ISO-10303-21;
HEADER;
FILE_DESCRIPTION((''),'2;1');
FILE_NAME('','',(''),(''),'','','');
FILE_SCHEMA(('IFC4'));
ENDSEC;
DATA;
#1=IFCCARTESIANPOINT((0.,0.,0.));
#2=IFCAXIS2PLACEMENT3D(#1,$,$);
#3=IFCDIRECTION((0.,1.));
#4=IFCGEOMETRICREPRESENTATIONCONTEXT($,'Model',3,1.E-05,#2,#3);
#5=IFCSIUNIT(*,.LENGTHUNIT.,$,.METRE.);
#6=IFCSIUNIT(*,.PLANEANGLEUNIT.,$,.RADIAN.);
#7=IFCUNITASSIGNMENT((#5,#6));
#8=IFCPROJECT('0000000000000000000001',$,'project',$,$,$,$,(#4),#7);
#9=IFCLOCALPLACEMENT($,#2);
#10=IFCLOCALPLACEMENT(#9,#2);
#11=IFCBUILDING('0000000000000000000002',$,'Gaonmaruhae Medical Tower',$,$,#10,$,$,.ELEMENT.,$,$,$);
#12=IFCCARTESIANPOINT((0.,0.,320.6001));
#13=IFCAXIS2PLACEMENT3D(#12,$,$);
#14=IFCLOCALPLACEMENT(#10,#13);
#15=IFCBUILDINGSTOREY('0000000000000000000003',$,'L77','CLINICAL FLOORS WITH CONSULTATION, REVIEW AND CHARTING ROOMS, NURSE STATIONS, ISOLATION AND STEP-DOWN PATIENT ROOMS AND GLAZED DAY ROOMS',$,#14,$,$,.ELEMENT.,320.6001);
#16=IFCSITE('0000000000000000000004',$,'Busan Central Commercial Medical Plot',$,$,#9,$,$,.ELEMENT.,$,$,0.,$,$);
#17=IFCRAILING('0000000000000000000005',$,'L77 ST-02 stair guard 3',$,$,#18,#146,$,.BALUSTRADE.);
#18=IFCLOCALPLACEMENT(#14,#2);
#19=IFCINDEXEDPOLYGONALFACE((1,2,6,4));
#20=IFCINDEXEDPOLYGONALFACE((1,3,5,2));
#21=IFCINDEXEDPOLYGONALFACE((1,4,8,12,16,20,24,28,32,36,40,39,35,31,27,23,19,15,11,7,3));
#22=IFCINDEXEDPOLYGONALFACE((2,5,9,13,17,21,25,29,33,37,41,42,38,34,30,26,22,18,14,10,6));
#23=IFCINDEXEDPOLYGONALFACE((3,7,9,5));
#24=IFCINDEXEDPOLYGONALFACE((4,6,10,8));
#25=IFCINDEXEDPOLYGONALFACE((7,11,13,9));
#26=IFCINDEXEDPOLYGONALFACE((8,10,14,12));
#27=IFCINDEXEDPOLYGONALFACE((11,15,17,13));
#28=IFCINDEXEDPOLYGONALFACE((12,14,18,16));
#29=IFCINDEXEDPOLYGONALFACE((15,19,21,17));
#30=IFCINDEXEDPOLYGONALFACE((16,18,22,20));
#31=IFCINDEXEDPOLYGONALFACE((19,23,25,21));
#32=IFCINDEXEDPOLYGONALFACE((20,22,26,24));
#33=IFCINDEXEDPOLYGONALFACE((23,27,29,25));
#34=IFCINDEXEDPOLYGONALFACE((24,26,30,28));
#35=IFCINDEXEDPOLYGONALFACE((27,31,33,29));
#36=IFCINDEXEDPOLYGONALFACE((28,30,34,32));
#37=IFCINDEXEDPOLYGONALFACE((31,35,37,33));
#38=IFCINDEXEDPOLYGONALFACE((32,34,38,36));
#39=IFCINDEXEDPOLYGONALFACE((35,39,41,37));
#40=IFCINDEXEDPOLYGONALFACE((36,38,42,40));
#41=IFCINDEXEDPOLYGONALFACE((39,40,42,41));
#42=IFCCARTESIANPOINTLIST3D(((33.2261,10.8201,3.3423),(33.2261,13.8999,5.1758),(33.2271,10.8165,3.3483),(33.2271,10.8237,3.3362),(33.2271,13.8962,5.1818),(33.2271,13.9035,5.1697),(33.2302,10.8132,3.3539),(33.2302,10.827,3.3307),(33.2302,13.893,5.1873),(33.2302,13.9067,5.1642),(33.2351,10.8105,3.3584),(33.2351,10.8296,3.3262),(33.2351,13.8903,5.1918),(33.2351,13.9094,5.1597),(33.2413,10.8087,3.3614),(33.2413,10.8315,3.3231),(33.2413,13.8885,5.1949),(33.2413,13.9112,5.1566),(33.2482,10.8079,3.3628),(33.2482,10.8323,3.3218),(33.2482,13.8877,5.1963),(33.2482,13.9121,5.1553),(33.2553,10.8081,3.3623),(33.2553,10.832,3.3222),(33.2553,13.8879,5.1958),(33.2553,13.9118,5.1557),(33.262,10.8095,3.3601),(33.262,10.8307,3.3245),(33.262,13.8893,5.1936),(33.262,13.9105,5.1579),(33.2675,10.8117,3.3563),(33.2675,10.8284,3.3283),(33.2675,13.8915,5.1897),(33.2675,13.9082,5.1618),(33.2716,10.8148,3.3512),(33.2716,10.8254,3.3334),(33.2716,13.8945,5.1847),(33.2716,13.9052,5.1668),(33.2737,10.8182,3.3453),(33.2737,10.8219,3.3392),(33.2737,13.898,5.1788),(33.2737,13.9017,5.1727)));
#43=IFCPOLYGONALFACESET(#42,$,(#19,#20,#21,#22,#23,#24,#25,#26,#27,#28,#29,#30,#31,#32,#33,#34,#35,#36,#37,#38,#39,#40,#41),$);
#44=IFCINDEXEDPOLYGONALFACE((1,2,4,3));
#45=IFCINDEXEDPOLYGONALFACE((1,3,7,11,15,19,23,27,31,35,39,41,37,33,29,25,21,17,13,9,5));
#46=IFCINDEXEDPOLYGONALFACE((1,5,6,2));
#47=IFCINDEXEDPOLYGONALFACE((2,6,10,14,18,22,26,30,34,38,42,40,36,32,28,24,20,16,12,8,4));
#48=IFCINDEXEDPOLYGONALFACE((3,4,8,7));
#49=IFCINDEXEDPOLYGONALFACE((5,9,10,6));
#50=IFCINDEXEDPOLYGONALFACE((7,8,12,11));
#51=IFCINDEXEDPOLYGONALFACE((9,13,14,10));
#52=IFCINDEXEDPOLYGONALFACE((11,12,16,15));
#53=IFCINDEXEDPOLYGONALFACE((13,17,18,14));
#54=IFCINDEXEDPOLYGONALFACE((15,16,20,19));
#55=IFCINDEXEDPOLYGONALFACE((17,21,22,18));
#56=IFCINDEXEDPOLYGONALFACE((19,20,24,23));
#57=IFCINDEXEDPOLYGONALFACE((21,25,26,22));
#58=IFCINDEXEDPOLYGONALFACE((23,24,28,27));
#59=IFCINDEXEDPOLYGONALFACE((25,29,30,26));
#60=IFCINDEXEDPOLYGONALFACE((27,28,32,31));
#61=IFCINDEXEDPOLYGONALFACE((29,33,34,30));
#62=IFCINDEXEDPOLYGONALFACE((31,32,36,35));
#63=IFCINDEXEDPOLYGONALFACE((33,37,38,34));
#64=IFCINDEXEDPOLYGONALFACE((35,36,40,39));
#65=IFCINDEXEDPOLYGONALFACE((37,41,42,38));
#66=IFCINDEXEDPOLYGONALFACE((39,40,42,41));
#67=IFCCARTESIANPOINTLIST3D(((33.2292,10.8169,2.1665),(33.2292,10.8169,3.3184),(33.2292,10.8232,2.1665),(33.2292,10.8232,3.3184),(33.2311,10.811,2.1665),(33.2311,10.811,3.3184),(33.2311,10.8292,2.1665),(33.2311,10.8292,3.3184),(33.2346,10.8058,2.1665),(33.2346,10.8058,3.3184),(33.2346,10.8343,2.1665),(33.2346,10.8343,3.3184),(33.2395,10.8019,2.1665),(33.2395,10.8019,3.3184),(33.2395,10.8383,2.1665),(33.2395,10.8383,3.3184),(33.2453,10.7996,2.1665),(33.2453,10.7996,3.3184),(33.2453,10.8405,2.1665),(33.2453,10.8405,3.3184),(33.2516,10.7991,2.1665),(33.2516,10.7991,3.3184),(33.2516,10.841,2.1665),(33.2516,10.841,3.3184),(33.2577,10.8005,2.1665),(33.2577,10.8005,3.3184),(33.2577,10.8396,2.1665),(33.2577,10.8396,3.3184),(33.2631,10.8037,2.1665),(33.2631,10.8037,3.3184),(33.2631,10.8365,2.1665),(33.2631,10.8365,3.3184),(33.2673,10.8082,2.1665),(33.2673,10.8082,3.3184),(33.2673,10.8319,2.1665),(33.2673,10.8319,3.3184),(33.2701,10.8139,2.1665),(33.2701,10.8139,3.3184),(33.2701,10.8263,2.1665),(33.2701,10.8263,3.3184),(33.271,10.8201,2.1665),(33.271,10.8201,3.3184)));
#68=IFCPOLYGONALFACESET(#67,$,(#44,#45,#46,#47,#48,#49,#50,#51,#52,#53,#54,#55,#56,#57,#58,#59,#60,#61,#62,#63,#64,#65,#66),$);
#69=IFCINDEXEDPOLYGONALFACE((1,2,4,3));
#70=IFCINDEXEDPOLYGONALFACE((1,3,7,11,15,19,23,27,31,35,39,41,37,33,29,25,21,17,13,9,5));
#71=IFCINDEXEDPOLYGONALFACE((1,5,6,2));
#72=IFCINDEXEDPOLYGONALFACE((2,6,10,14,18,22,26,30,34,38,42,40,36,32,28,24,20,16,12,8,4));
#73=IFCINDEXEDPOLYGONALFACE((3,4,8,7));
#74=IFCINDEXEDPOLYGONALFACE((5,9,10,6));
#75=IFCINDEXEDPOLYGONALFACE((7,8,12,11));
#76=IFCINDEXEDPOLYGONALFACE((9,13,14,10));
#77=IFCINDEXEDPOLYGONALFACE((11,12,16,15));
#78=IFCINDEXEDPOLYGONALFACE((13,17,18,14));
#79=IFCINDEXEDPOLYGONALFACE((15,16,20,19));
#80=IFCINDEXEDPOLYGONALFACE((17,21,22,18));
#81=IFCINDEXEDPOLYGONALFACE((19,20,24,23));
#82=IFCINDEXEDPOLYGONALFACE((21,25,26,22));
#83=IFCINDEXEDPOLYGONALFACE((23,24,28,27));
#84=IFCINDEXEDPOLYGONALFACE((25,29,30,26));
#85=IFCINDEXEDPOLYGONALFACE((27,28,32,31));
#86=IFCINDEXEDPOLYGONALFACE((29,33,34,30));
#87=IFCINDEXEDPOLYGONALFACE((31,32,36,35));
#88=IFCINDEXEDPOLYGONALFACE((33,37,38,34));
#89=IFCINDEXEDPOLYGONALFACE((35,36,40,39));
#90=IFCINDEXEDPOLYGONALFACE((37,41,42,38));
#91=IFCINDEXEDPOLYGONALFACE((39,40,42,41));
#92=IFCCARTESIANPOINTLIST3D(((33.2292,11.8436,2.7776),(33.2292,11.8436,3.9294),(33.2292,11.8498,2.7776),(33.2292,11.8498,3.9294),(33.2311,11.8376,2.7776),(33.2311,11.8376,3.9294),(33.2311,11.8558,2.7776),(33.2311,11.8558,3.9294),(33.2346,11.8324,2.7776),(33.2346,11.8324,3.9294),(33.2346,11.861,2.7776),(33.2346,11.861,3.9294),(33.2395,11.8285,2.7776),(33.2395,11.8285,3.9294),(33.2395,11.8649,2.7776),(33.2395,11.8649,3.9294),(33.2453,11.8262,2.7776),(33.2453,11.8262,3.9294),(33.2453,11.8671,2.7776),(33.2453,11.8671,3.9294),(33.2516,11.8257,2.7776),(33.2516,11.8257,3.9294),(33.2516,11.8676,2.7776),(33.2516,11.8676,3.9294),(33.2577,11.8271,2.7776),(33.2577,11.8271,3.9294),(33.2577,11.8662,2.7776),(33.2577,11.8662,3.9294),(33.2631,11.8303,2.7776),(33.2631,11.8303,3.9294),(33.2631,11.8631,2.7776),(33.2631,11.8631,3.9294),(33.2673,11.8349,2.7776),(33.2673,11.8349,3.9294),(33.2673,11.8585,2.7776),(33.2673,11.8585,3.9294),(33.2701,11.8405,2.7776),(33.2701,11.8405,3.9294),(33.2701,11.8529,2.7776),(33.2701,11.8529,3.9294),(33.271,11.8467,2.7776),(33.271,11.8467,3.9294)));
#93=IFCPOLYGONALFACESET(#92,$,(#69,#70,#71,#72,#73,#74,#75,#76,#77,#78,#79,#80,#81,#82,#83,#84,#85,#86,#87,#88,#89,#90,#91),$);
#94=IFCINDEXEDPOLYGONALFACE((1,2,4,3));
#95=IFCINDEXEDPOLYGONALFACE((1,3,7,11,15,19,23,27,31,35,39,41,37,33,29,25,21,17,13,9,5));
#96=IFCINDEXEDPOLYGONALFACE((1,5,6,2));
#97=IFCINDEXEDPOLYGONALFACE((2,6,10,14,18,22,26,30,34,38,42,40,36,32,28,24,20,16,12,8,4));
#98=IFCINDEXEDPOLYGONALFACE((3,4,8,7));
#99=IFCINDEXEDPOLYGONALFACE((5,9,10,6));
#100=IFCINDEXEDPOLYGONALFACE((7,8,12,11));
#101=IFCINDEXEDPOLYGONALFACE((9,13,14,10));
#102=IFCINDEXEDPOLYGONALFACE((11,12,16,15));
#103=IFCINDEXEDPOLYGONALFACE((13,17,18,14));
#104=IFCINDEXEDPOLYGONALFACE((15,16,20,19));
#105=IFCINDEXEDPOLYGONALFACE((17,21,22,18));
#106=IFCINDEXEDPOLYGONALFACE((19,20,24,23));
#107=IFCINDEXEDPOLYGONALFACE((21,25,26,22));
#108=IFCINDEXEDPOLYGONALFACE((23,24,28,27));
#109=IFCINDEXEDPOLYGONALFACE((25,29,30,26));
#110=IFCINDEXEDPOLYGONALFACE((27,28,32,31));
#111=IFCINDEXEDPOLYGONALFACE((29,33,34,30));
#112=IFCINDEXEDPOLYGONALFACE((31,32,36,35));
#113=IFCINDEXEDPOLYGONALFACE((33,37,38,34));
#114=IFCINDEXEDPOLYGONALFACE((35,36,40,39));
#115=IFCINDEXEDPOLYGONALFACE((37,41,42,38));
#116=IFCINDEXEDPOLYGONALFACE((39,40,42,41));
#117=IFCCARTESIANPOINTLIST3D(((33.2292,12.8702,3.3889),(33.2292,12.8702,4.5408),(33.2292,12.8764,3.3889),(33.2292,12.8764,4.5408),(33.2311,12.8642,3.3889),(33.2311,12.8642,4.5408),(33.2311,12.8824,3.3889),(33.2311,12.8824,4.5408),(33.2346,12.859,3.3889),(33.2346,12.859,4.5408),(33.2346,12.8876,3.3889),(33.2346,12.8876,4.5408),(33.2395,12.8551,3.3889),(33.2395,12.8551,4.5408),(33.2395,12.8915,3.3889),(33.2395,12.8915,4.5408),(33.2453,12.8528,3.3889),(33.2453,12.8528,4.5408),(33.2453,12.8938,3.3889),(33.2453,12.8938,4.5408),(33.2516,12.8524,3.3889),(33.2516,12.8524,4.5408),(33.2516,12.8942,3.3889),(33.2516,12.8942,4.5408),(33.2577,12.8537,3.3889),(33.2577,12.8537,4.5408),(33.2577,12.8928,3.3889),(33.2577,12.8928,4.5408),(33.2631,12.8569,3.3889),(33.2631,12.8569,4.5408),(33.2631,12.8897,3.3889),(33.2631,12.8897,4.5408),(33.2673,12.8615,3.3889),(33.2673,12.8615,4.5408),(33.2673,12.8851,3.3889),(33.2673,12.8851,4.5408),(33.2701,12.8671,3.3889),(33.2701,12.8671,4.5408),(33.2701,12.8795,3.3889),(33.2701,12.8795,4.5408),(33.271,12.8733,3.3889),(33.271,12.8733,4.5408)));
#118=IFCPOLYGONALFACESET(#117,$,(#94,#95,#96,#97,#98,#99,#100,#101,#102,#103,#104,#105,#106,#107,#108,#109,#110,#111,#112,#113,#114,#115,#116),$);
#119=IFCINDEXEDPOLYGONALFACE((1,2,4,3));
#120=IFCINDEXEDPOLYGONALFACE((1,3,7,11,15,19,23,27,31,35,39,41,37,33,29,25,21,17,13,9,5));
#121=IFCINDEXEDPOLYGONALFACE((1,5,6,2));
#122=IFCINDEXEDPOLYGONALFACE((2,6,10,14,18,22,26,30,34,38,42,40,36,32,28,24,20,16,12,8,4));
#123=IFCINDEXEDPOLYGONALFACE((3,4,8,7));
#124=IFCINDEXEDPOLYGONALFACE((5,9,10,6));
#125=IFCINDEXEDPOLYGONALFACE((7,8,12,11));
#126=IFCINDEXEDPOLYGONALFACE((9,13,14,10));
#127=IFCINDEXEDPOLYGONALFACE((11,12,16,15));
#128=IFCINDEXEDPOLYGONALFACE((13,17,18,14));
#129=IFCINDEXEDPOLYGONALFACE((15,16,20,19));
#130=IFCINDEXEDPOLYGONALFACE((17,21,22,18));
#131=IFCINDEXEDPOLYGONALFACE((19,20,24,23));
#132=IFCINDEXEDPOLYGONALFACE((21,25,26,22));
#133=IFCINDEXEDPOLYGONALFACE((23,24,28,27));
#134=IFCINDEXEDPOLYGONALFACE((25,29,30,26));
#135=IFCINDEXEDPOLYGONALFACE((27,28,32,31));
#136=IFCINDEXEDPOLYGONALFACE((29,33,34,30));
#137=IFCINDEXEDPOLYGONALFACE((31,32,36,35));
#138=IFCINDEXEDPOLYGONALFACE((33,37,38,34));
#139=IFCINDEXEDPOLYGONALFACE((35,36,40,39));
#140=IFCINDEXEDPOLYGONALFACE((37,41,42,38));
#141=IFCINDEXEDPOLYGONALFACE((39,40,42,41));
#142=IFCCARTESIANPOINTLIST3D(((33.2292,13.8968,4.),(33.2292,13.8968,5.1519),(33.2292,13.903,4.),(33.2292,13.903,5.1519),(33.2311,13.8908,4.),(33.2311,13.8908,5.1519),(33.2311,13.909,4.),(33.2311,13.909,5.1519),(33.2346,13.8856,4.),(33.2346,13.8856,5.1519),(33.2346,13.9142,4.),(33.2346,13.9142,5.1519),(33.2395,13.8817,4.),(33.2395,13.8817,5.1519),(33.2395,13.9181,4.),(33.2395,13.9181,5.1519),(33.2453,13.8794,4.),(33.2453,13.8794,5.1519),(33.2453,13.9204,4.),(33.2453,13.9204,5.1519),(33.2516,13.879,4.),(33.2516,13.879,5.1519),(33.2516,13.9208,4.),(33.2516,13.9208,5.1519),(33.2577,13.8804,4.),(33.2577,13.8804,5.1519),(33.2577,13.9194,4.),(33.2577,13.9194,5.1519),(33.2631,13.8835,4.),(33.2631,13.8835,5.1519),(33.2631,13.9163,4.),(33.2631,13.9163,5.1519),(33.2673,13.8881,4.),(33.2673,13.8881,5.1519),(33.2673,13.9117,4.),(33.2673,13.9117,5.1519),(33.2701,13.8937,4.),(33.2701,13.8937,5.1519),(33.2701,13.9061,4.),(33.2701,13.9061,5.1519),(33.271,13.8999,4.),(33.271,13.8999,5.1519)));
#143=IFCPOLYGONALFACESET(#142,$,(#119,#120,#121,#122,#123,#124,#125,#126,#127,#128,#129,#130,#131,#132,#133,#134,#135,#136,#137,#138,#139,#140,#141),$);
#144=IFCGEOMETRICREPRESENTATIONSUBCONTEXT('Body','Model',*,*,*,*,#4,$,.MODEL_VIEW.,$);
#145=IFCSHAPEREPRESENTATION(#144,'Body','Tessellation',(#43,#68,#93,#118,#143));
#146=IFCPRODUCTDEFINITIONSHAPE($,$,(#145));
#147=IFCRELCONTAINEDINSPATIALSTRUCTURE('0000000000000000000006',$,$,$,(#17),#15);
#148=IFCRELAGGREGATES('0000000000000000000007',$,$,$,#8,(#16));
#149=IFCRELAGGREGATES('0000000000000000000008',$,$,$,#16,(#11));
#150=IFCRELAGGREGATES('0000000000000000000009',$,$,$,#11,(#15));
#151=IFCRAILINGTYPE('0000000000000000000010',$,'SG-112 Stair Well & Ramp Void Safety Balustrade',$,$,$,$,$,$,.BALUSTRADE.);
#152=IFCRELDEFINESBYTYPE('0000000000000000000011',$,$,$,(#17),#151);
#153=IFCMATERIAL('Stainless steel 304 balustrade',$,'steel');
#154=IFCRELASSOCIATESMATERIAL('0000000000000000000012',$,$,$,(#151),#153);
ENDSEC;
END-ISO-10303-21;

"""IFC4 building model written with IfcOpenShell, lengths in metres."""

from ifc_helpers import new_model, si_unit, direction, frame, origin, origin_2d, place, context, subcontext, project, spatial, circle, extrude, material, type_object, element, save


model = new_model("IFC4")

# Units and contexts
model_context = context("Model", 3, precision=1e-05, world=origin(), true_north=direction((0.0, 1.0)))
body_context = subcontext(model_context, "Body", "Model", "MODEL_VIEW")
ifc_project = project(units=[si_unit("LENGTHUNIT", "METRE"), si_unit("PLANEANGLEUNIT", "RADIAN")], contexts=[model_context])

# Site, building, storey
site_placement = place(None, origin())
site = spatial("IfcSite", under=ifc_project, at=site_placement, Name="Busan Central Commercial Medical Plot", CompositionType="ELEMENT", RefElevation=0.0)
building_placement = place(site_placement, origin())
building = spatial("IfcBuilding", under=site, at=building_placement, Name="Gaonmaruhae Medical Tower", CompositionType="ELEMENT")
storey_placement = place(building_placement, frame((0.0, 0.0, 320.6001)))
storey = spatial("IfcBuildingStorey", under=building, at=storey_placement, Name="L77", Description="CLINICAL FLOORS WITH CONSULTATION, REVIEW AND CHARTING ROOMS, NURSE STATIONS, ISOLATION AND STEP-DOWN PATIENT ROOMS AND GLAZED DAY ROOMS", CompositionType="ELEMENT", Elevation=320.6001)

# Railing
ifc_material_1 = material(Name="Stainless steel 304 balustrade", Category="steel")
railing_type_1 = type_object("IfcRailingType", Name="SG-112 Stair Well & Ramp Void Safety Balustrade", PredefinedType="BALUSTRADE", material=ifc_material_1)
railing_1_placement = place(storey_placement, frame((33.25, 10.8201, 2.1665)))
element("IfcRailing", 1, at=railing_1_placement, inside=storey, type_object=railing_type_1, Name="L77 ST-02 stair guard 3", PredefinedType="BALUSTRADE", context=body_context, shape_type="SweptSolid", body=[
    extrude(circle(Radius=0.0239, at=origin_2d()), frame((0.0, 0.0, 1.1758), z_axis=(0.0, 0.859261, 0.511538), x_axis=(-1.0, 0.0, 0.0)), (0.0, 0.0, 1.0), 3.5842),
    extrude(circle(Radius=0.021, at=origin_2d()), origin(), (0.0, 0.0, 1.0), 1.1519),
    extrude(circle(Radius=0.021, at=origin_2d()), frame((0.0, 1.0266, 0.6111)), (0.0, 0.0, 1.0), 1.1519),
    extrude(circle(Radius=0.021, at=origin_2d()), frame((0.0, 2.0532, 1.2224)), (0.0, 0.0, 1.0), 1.1519),
    extrude(circle(Radius=0.021, at=origin_2d()), frame((0.0, 3.0798, 1.8335)), (0.0, 0.0, 1.0), 1.1519),
])

save(model, "model.ifc")
